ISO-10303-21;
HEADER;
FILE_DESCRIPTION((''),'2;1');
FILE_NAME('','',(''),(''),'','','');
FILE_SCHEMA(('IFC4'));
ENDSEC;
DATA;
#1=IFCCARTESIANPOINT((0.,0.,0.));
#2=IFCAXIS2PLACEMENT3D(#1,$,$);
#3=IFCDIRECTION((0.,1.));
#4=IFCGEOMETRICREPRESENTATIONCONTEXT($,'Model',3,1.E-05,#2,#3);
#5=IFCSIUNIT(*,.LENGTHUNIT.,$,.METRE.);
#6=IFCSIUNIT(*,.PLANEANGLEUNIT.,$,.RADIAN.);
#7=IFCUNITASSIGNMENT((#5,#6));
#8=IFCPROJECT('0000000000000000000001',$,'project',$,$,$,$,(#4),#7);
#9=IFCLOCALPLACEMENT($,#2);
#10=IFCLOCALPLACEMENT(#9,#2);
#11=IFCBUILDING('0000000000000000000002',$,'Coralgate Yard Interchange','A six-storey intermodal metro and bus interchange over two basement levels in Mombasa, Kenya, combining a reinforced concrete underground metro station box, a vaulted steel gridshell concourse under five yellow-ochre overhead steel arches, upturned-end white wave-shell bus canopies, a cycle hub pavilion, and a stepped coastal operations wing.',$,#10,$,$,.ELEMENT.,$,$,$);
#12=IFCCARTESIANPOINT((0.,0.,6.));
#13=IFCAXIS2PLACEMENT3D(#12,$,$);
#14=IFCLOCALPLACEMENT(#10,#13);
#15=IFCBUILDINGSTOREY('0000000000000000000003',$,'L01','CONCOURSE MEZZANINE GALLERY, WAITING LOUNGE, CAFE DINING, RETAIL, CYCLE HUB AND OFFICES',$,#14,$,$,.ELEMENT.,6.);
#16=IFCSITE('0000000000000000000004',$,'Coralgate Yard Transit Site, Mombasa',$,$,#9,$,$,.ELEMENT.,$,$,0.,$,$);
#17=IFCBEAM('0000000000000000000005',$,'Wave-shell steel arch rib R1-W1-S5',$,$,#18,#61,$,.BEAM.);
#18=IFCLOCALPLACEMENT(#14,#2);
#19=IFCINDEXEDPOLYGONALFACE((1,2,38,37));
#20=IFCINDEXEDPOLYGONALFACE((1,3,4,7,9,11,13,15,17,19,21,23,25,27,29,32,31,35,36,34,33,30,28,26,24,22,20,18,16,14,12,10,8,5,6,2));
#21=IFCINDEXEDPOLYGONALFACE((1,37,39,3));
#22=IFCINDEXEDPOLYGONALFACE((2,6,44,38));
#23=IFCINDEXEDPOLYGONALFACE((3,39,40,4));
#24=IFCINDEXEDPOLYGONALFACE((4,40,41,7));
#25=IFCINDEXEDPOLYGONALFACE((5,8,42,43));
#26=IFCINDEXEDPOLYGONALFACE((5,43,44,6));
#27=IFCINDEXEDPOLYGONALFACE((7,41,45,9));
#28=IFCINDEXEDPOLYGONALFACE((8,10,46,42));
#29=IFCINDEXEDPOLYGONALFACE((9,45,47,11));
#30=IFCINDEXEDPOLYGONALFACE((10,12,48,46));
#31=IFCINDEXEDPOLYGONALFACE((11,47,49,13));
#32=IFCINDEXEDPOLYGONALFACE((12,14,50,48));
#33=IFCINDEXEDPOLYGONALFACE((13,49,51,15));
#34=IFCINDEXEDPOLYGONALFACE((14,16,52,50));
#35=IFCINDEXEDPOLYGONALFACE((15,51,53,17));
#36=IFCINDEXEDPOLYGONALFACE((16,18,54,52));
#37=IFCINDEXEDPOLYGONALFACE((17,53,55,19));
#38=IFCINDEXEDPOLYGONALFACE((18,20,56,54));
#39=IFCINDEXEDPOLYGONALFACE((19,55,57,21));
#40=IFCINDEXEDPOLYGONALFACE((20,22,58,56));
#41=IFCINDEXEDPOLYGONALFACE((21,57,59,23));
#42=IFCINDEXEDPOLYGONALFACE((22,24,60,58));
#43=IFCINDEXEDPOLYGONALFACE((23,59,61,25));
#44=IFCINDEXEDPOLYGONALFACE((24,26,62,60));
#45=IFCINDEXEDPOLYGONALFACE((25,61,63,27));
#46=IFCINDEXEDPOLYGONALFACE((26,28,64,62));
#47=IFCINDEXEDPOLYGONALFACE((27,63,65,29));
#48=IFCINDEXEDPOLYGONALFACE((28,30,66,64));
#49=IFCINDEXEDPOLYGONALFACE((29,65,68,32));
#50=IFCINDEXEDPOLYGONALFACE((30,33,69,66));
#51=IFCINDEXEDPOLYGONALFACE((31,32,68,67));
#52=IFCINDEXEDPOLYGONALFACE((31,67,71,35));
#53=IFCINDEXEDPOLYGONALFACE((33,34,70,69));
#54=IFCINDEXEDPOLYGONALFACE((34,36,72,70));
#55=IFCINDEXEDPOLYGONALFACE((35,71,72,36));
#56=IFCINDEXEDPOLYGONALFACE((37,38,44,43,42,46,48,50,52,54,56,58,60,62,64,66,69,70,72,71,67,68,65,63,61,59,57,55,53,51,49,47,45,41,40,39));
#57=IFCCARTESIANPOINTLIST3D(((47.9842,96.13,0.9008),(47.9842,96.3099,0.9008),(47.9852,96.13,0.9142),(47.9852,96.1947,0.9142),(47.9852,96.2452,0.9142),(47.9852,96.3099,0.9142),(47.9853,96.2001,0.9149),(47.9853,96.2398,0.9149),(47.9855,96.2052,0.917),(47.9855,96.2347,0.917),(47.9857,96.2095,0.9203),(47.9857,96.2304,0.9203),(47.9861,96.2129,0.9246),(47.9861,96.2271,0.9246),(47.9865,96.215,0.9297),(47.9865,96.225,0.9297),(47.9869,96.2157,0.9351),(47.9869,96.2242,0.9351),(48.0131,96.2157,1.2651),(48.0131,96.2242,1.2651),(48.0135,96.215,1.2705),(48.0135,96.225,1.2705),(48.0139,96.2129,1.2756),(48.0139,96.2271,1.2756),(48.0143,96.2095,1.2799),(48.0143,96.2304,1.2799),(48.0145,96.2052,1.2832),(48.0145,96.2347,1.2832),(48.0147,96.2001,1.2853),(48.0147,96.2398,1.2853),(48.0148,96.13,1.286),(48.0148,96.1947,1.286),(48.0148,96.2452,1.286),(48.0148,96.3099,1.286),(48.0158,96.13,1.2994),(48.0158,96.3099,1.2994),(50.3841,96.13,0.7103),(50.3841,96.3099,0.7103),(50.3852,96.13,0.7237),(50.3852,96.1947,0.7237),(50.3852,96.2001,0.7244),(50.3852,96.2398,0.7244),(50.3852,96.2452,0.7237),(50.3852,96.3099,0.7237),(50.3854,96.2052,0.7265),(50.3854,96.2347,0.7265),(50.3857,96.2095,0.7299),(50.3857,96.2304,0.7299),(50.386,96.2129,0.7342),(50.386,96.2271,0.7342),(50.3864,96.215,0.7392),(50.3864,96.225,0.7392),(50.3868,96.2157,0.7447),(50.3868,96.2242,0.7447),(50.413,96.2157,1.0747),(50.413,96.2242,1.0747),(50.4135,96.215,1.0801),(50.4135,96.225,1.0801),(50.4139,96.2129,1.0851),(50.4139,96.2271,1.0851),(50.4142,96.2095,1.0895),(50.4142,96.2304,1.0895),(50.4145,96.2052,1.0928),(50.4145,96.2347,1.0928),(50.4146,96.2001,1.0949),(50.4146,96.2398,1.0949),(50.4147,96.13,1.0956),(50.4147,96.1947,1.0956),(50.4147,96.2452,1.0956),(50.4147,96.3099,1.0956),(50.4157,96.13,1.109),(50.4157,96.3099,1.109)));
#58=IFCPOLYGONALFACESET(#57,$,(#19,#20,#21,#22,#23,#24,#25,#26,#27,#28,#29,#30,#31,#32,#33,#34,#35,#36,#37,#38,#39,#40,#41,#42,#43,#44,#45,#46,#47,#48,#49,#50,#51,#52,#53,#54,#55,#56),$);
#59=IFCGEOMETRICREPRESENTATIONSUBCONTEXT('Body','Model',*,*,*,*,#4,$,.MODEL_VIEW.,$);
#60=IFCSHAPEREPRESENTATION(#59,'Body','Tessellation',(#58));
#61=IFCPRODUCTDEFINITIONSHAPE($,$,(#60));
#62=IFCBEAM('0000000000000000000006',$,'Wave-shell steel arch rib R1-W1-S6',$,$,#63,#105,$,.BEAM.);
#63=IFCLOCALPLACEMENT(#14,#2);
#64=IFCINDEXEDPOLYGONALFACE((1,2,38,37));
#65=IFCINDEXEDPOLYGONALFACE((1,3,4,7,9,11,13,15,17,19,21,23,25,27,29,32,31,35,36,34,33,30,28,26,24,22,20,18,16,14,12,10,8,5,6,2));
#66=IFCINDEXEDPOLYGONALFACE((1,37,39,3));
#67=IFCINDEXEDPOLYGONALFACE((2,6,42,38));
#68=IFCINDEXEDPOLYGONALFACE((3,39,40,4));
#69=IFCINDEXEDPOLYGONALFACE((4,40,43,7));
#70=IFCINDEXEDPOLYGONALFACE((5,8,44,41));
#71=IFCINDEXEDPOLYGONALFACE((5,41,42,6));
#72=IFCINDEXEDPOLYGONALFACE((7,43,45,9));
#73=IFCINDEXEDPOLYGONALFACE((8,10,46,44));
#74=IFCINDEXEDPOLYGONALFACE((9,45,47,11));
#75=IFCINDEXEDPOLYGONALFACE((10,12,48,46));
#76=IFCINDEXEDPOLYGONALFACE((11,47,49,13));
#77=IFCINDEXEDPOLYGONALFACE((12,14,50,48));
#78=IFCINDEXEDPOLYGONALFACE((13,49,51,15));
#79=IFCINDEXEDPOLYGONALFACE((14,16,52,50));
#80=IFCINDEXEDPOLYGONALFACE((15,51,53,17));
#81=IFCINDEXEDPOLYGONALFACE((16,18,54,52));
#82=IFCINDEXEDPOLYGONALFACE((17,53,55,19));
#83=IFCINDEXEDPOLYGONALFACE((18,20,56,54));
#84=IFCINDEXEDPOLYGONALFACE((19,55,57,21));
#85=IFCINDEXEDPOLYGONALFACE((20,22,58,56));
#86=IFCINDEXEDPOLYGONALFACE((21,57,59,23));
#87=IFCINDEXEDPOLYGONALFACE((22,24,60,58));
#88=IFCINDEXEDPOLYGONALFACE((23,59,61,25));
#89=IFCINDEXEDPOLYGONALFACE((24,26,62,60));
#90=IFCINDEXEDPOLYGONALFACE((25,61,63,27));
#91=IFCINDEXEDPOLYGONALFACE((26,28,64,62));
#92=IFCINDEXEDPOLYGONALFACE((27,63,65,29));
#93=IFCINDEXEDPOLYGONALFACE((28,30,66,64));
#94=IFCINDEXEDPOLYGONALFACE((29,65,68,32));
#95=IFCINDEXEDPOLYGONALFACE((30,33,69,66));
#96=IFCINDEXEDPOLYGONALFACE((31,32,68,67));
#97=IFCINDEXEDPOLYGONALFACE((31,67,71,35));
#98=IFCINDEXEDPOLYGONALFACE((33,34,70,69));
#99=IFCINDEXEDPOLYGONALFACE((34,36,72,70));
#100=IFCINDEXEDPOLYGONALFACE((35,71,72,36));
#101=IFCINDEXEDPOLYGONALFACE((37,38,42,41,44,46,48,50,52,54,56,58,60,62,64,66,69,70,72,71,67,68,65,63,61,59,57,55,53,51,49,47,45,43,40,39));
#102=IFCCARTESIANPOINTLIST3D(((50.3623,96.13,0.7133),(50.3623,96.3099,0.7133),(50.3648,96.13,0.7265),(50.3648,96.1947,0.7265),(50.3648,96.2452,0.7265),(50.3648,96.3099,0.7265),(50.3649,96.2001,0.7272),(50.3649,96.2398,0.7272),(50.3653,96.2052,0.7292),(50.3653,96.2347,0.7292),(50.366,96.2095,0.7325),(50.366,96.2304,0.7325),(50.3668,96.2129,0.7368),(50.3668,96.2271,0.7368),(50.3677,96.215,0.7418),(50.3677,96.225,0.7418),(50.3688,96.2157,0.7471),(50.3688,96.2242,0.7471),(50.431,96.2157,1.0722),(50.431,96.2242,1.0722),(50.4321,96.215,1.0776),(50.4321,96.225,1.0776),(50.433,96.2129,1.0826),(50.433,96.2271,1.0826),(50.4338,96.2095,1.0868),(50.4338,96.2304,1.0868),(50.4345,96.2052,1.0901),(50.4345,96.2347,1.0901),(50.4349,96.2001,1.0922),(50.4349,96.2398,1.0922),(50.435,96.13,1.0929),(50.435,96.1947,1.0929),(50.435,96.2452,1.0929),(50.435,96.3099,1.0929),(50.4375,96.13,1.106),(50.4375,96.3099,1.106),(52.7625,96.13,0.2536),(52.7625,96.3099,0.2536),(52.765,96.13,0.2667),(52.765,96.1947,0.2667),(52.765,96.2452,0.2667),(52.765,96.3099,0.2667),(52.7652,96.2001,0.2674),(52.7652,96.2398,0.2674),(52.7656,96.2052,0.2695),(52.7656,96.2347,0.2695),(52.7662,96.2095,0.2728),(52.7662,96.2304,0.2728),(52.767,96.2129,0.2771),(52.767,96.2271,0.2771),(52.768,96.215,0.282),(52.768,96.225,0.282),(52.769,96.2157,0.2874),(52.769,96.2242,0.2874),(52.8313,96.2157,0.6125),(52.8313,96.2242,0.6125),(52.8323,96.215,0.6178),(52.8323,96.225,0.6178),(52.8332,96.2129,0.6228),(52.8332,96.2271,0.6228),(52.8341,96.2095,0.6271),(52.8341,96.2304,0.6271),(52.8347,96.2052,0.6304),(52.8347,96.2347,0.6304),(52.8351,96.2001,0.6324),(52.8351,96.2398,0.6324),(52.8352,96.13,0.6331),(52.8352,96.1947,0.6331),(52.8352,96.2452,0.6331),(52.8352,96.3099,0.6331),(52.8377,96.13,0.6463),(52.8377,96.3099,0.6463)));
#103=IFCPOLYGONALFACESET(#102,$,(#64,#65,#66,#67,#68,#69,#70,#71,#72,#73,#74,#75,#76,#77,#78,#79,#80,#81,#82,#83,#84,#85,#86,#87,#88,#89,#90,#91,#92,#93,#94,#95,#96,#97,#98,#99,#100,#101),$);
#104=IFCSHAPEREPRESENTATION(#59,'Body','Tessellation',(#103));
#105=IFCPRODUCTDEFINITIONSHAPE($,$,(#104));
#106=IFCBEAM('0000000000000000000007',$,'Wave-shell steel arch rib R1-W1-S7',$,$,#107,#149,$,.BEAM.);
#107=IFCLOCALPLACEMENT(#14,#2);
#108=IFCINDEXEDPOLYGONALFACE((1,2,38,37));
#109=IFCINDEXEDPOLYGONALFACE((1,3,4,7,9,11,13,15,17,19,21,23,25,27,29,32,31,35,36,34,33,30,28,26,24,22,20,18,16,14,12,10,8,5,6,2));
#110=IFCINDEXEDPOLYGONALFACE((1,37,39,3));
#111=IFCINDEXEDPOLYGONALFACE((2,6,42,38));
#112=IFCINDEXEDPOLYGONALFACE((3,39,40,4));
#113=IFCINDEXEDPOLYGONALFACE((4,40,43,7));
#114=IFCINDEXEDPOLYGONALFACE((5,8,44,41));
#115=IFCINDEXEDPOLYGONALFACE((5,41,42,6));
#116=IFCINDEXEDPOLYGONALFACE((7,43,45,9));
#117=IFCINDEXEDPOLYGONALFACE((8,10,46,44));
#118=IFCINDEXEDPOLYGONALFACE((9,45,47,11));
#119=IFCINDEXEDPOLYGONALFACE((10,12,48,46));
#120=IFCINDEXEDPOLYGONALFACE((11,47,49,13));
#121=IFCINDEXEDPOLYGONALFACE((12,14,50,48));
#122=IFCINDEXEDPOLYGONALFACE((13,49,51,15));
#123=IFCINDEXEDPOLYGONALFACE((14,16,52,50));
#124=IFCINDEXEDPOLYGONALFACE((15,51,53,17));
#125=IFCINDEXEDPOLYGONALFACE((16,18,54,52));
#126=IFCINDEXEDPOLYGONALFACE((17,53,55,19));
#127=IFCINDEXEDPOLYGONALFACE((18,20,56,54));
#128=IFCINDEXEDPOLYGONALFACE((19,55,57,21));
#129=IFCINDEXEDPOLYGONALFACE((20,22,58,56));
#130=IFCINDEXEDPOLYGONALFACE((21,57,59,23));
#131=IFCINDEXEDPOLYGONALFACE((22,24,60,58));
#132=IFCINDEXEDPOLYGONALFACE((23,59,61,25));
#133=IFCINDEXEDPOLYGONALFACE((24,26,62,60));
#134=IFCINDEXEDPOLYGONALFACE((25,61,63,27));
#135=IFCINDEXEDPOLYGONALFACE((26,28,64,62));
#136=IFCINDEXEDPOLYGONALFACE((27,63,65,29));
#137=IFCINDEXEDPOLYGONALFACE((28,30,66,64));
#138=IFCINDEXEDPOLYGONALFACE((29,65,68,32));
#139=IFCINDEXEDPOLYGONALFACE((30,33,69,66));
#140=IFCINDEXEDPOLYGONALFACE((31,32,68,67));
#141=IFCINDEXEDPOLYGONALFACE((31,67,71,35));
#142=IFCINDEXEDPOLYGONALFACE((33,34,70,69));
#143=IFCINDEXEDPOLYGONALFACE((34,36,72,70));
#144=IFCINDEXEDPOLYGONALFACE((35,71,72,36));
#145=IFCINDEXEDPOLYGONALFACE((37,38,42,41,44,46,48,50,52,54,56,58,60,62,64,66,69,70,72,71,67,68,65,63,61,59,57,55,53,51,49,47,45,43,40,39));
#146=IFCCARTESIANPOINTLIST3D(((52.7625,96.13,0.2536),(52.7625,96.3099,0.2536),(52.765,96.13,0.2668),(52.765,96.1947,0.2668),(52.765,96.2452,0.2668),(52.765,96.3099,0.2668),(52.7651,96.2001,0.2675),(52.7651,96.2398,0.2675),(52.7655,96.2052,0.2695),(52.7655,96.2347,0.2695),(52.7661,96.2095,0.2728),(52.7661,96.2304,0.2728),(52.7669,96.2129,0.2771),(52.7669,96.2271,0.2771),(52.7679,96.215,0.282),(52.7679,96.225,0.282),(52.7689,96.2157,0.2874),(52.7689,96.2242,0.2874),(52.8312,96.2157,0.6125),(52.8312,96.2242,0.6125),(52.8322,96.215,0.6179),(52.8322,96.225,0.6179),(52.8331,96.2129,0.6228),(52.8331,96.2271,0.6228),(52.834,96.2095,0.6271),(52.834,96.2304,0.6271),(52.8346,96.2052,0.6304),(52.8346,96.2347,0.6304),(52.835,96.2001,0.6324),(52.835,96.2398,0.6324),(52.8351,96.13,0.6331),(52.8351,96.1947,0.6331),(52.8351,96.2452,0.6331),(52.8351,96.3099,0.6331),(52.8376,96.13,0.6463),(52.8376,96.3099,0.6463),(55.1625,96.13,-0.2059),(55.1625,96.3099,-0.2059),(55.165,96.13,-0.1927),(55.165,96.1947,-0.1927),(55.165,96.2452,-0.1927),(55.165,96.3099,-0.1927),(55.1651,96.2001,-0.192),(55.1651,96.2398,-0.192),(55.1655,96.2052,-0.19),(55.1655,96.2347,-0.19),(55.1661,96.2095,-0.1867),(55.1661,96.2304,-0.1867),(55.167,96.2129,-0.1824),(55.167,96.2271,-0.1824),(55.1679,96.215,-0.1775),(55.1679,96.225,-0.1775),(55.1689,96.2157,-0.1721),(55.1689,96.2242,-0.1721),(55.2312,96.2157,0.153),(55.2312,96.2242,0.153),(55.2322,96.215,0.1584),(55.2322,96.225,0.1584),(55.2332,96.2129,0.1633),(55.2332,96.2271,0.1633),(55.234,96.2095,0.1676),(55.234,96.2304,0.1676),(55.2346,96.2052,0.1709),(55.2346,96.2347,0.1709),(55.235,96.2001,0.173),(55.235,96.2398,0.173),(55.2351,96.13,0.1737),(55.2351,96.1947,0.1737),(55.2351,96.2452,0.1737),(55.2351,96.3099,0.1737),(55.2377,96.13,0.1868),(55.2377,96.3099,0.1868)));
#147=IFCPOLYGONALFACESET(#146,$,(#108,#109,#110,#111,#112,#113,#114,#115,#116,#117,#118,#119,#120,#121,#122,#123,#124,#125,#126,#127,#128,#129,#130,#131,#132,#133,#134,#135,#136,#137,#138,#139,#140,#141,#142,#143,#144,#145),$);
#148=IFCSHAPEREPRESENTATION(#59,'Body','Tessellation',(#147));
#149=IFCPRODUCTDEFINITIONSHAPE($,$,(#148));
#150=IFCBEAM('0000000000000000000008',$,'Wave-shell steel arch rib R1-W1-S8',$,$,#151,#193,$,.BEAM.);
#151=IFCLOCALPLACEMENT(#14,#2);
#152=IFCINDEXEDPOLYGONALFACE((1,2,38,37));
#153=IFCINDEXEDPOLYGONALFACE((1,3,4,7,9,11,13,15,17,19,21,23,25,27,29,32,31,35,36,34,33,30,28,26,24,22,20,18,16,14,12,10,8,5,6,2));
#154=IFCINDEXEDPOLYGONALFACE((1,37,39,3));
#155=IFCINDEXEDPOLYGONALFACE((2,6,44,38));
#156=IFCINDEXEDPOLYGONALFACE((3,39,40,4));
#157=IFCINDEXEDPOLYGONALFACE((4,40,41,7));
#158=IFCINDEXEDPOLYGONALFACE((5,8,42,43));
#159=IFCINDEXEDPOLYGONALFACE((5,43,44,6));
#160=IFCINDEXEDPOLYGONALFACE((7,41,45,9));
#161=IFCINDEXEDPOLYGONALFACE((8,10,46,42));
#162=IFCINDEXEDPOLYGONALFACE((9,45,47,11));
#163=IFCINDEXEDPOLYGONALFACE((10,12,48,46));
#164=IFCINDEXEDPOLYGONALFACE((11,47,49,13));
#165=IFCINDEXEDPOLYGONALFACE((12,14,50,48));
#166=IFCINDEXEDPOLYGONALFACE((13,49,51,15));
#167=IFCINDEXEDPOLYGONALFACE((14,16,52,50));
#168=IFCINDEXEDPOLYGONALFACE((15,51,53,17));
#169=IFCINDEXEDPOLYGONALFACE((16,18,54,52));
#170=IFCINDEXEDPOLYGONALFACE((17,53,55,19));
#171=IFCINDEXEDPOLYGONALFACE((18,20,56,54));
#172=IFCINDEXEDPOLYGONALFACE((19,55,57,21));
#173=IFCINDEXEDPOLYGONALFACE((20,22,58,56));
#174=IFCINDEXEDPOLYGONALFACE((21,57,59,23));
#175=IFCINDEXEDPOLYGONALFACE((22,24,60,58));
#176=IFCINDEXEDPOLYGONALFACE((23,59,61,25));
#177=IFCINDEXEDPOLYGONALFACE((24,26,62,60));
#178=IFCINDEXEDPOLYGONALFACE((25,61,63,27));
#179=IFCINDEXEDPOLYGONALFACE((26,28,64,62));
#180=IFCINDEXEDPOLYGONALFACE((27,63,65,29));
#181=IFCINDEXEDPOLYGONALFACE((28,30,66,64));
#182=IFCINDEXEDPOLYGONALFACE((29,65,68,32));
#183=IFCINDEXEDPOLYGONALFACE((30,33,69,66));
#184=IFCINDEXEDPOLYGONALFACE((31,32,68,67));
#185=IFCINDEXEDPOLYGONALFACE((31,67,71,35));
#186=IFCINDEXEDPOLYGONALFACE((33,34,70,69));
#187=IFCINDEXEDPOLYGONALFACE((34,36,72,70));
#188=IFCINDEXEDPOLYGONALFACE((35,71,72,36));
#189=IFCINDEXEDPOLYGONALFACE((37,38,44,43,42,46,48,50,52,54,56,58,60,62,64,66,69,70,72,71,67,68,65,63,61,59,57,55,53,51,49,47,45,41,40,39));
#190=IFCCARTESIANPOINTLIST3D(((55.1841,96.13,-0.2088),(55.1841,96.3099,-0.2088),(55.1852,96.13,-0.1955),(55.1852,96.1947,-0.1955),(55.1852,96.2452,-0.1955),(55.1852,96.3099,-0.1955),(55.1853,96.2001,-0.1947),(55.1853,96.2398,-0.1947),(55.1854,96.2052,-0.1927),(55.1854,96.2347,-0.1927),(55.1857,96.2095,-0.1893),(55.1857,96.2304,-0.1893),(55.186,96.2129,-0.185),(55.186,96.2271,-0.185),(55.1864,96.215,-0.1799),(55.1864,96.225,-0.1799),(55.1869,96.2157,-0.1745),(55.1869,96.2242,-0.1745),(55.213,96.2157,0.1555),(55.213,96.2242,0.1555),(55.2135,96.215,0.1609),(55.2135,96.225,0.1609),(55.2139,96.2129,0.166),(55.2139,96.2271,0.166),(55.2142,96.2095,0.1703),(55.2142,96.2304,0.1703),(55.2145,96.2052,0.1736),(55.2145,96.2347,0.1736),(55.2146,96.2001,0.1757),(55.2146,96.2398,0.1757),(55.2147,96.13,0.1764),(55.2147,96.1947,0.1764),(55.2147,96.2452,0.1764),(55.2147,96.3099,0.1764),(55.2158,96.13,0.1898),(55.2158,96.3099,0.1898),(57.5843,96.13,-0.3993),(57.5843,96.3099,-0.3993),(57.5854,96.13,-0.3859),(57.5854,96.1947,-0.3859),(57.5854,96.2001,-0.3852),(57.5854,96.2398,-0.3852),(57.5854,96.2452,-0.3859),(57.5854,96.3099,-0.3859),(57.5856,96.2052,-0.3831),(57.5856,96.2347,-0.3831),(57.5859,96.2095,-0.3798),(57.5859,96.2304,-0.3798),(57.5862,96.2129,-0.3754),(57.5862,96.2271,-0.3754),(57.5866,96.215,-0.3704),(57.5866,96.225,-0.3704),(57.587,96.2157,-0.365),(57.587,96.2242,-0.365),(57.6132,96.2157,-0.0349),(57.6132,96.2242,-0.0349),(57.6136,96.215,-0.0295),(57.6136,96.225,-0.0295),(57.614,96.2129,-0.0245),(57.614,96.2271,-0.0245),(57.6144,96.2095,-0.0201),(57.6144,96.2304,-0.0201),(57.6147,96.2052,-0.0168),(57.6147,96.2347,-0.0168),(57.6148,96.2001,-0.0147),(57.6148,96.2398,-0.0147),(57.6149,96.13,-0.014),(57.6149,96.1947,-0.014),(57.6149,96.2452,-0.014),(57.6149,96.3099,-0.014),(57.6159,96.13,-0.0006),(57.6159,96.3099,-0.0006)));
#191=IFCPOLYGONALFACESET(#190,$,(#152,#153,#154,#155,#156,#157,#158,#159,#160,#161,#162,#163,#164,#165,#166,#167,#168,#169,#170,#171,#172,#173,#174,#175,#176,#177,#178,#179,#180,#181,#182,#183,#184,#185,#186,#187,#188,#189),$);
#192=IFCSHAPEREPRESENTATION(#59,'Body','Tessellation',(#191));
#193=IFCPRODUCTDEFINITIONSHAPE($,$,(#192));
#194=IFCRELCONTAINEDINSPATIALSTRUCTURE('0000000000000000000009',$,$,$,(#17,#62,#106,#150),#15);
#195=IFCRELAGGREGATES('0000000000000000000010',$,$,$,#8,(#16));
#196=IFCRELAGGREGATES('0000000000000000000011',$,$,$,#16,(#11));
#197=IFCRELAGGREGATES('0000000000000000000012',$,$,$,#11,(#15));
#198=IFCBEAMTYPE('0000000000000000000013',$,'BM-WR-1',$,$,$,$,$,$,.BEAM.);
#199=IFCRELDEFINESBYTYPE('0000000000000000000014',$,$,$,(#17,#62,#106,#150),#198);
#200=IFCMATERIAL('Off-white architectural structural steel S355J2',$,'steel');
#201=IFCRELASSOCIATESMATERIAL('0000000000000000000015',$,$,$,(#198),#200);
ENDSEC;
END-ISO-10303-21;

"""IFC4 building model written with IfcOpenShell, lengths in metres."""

from ifc_helpers import new_model, si_unit, direction, frame, origin, origin_2d, place, context, subcontext, project, spatial, i_section, extrude, material, material_profile, profile_set, type_object, element, save


model = new_model("IFC4")

# Units and contexts
model_context = context("Model", 3, precision=1e-05, world=origin(), true_north=direction((0.0, 1.0)))
body_context = subcontext(model_context, "Body", "Model", "MODEL_VIEW")
ifc_project = project(units=[si_unit("LENGTHUNIT", "METRE"), si_unit("PLANEANGLEUNIT", "RADIAN")], contexts=[model_context])

# Site, building, storey
site_placement = place(None, origin())
site = spatial("IfcSite", under=ifc_project, at=site_placement, Name="Coralgate Yard Transit Site, Mombasa", CompositionType="ELEMENT", RefElevation=0.0)
building_placement = place(site_placement, origin())
building = spatial("IfcBuilding", under=site, at=building_placement, Name="Coralgate Yard Interchange", Description="A six-storey intermodal metro and bus interchange over two basement levels in Mombasa, Kenya, combining a reinforced concrete underground metro station box, a vaulted steel gridshell concourse under five yellow-ochre overhead steel arches, upturned-end white wave-shell bus canopies, a cycle hub pavilion, and a stepped coastal operations wing.", CompositionType="ELEMENT")
storey_placement = place(building_placement, frame((0.0, 0.0, 6.0)))
storey = spatial("IfcBuildingStorey", under=building, at=storey_placement, Name="L01", Description="CONCOURSE MEZZANINE GALLERY, WAITING LOUNGE, CAFE DINING, RETAIL, CYCLE HUB AND OFFICES", CompositionType="ELEMENT", Elevation=6.0)

# Beams
ifc_material_1 = material(Name="Off-white architectural structural steel S355J2", Category="steel")
ifc_material_profile_1 = material_profile(ifc_material_1, i_section(OverallWidth=0.1799, OverallDepth=0.3999, WebThickness=0.0085, FlangeThickness=0.0134, FilletRadius=0.021, at=origin_2d()), Name="IPE 400")
ifc_profile_set_1 = profile_set([ifc_material_profile_1], Name="Off-white architectural structural steel S355J2")
beam_type_1 = type_object("IfcBeamType", Name="BM-WR-1", PredefinedType="BEAM", material=ifc_profile_set_1)
beam_1_placement = place(storey_placement, frame((48.0, 96.22, 1.1001), z_axis=(0.996867, 0.0, -0.0791), x_axis=(0.0, 1.0, 0.0)))
element("IfcBeam", 1, at=beam_1_placement, inside=storey, type_object=beam_type_1, Name="Wave-shell steel arch rib R1-W1-S5", PredefinedType="BEAM", context=body_context, shape_type="SweptSolid", body=[
    extrude(i_section(OverallWidth=0.1799, OverallDepth=0.3999, WebThickness=0.0085, FlangeThickness=0.0134, FilletRadius=0.021, at=origin_2d()), origin(), (0.0, 0.0, 1.0), 2.4075),
])
beam_2_placement = place(storey_placement, frame((50.3999, 96.22, 0.9097), z_axis=(0.982147, 0.0, -0.188117), x_axis=(0.0, 1.0, 0.0)))
element("IfcBeam", 2, at=beam_2_placement, inside=storey, type_object=beam_type_1, Name="Wave-shell steel arch rib R1-W1-S6", PredefinedType="BEAM", context=body_context, shape_type="SweptSolid", body=[
    extrude(i_section(OverallWidth=0.1799, OverallDepth=0.3999, WebThickness=0.0085, FlangeThickness=0.0134, FilletRadius=0.021, at=origin_2d()), origin(), (0.0, 0.0, 1.0), 2.4438),
])
beam_3_placement = place(storey_placement, frame((52.8, 96.22, 0.45), z_axis=(0.982161, 0.0, -0.188039), x_axis=(0.0, 1.0, 0.0)))
element("IfcBeam", 3, at=beam_3_placement, inside=storey, type_object=beam_type_1, Name="Wave-shell steel arch rib R1-W1-S7", PredefinedType="BEAM", context=body_context, shape_type="SweptSolid", body=[
    extrude(i_section(OverallWidth=0.1799, OverallDepth=0.3999, WebThickness=0.0085, FlangeThickness=0.0134, FilletRadius=0.021, at=origin_2d()), origin(), (0.0, 0.0, 1.0), 2.4436),
])
beam_4_placement = place(storey_placement, frame((55.2, 96.22, -0.0095), z_axis=(0.996867, 0.0, -0.079092), x_axis=(0.0, 1.0, 0.0)))
element("IfcBeam", 4, at=beam_4_placement, inside=storey, type_object=beam_type_1, Name="Wave-shell steel arch rib R1-W1-S8", PredefinedType="BEAM", context=body_context, shape_type="SweptSolid", body=[
    extrude(i_section(OverallWidth=0.1799, OverallDepth=0.3999, WebThickness=0.0085, FlangeThickness=0.0134, FilletRadius=0.021, at=origin_2d()), origin(), (0.0, 0.0, 1.0), 2.4077),
])

save(model, "model.ifc")
